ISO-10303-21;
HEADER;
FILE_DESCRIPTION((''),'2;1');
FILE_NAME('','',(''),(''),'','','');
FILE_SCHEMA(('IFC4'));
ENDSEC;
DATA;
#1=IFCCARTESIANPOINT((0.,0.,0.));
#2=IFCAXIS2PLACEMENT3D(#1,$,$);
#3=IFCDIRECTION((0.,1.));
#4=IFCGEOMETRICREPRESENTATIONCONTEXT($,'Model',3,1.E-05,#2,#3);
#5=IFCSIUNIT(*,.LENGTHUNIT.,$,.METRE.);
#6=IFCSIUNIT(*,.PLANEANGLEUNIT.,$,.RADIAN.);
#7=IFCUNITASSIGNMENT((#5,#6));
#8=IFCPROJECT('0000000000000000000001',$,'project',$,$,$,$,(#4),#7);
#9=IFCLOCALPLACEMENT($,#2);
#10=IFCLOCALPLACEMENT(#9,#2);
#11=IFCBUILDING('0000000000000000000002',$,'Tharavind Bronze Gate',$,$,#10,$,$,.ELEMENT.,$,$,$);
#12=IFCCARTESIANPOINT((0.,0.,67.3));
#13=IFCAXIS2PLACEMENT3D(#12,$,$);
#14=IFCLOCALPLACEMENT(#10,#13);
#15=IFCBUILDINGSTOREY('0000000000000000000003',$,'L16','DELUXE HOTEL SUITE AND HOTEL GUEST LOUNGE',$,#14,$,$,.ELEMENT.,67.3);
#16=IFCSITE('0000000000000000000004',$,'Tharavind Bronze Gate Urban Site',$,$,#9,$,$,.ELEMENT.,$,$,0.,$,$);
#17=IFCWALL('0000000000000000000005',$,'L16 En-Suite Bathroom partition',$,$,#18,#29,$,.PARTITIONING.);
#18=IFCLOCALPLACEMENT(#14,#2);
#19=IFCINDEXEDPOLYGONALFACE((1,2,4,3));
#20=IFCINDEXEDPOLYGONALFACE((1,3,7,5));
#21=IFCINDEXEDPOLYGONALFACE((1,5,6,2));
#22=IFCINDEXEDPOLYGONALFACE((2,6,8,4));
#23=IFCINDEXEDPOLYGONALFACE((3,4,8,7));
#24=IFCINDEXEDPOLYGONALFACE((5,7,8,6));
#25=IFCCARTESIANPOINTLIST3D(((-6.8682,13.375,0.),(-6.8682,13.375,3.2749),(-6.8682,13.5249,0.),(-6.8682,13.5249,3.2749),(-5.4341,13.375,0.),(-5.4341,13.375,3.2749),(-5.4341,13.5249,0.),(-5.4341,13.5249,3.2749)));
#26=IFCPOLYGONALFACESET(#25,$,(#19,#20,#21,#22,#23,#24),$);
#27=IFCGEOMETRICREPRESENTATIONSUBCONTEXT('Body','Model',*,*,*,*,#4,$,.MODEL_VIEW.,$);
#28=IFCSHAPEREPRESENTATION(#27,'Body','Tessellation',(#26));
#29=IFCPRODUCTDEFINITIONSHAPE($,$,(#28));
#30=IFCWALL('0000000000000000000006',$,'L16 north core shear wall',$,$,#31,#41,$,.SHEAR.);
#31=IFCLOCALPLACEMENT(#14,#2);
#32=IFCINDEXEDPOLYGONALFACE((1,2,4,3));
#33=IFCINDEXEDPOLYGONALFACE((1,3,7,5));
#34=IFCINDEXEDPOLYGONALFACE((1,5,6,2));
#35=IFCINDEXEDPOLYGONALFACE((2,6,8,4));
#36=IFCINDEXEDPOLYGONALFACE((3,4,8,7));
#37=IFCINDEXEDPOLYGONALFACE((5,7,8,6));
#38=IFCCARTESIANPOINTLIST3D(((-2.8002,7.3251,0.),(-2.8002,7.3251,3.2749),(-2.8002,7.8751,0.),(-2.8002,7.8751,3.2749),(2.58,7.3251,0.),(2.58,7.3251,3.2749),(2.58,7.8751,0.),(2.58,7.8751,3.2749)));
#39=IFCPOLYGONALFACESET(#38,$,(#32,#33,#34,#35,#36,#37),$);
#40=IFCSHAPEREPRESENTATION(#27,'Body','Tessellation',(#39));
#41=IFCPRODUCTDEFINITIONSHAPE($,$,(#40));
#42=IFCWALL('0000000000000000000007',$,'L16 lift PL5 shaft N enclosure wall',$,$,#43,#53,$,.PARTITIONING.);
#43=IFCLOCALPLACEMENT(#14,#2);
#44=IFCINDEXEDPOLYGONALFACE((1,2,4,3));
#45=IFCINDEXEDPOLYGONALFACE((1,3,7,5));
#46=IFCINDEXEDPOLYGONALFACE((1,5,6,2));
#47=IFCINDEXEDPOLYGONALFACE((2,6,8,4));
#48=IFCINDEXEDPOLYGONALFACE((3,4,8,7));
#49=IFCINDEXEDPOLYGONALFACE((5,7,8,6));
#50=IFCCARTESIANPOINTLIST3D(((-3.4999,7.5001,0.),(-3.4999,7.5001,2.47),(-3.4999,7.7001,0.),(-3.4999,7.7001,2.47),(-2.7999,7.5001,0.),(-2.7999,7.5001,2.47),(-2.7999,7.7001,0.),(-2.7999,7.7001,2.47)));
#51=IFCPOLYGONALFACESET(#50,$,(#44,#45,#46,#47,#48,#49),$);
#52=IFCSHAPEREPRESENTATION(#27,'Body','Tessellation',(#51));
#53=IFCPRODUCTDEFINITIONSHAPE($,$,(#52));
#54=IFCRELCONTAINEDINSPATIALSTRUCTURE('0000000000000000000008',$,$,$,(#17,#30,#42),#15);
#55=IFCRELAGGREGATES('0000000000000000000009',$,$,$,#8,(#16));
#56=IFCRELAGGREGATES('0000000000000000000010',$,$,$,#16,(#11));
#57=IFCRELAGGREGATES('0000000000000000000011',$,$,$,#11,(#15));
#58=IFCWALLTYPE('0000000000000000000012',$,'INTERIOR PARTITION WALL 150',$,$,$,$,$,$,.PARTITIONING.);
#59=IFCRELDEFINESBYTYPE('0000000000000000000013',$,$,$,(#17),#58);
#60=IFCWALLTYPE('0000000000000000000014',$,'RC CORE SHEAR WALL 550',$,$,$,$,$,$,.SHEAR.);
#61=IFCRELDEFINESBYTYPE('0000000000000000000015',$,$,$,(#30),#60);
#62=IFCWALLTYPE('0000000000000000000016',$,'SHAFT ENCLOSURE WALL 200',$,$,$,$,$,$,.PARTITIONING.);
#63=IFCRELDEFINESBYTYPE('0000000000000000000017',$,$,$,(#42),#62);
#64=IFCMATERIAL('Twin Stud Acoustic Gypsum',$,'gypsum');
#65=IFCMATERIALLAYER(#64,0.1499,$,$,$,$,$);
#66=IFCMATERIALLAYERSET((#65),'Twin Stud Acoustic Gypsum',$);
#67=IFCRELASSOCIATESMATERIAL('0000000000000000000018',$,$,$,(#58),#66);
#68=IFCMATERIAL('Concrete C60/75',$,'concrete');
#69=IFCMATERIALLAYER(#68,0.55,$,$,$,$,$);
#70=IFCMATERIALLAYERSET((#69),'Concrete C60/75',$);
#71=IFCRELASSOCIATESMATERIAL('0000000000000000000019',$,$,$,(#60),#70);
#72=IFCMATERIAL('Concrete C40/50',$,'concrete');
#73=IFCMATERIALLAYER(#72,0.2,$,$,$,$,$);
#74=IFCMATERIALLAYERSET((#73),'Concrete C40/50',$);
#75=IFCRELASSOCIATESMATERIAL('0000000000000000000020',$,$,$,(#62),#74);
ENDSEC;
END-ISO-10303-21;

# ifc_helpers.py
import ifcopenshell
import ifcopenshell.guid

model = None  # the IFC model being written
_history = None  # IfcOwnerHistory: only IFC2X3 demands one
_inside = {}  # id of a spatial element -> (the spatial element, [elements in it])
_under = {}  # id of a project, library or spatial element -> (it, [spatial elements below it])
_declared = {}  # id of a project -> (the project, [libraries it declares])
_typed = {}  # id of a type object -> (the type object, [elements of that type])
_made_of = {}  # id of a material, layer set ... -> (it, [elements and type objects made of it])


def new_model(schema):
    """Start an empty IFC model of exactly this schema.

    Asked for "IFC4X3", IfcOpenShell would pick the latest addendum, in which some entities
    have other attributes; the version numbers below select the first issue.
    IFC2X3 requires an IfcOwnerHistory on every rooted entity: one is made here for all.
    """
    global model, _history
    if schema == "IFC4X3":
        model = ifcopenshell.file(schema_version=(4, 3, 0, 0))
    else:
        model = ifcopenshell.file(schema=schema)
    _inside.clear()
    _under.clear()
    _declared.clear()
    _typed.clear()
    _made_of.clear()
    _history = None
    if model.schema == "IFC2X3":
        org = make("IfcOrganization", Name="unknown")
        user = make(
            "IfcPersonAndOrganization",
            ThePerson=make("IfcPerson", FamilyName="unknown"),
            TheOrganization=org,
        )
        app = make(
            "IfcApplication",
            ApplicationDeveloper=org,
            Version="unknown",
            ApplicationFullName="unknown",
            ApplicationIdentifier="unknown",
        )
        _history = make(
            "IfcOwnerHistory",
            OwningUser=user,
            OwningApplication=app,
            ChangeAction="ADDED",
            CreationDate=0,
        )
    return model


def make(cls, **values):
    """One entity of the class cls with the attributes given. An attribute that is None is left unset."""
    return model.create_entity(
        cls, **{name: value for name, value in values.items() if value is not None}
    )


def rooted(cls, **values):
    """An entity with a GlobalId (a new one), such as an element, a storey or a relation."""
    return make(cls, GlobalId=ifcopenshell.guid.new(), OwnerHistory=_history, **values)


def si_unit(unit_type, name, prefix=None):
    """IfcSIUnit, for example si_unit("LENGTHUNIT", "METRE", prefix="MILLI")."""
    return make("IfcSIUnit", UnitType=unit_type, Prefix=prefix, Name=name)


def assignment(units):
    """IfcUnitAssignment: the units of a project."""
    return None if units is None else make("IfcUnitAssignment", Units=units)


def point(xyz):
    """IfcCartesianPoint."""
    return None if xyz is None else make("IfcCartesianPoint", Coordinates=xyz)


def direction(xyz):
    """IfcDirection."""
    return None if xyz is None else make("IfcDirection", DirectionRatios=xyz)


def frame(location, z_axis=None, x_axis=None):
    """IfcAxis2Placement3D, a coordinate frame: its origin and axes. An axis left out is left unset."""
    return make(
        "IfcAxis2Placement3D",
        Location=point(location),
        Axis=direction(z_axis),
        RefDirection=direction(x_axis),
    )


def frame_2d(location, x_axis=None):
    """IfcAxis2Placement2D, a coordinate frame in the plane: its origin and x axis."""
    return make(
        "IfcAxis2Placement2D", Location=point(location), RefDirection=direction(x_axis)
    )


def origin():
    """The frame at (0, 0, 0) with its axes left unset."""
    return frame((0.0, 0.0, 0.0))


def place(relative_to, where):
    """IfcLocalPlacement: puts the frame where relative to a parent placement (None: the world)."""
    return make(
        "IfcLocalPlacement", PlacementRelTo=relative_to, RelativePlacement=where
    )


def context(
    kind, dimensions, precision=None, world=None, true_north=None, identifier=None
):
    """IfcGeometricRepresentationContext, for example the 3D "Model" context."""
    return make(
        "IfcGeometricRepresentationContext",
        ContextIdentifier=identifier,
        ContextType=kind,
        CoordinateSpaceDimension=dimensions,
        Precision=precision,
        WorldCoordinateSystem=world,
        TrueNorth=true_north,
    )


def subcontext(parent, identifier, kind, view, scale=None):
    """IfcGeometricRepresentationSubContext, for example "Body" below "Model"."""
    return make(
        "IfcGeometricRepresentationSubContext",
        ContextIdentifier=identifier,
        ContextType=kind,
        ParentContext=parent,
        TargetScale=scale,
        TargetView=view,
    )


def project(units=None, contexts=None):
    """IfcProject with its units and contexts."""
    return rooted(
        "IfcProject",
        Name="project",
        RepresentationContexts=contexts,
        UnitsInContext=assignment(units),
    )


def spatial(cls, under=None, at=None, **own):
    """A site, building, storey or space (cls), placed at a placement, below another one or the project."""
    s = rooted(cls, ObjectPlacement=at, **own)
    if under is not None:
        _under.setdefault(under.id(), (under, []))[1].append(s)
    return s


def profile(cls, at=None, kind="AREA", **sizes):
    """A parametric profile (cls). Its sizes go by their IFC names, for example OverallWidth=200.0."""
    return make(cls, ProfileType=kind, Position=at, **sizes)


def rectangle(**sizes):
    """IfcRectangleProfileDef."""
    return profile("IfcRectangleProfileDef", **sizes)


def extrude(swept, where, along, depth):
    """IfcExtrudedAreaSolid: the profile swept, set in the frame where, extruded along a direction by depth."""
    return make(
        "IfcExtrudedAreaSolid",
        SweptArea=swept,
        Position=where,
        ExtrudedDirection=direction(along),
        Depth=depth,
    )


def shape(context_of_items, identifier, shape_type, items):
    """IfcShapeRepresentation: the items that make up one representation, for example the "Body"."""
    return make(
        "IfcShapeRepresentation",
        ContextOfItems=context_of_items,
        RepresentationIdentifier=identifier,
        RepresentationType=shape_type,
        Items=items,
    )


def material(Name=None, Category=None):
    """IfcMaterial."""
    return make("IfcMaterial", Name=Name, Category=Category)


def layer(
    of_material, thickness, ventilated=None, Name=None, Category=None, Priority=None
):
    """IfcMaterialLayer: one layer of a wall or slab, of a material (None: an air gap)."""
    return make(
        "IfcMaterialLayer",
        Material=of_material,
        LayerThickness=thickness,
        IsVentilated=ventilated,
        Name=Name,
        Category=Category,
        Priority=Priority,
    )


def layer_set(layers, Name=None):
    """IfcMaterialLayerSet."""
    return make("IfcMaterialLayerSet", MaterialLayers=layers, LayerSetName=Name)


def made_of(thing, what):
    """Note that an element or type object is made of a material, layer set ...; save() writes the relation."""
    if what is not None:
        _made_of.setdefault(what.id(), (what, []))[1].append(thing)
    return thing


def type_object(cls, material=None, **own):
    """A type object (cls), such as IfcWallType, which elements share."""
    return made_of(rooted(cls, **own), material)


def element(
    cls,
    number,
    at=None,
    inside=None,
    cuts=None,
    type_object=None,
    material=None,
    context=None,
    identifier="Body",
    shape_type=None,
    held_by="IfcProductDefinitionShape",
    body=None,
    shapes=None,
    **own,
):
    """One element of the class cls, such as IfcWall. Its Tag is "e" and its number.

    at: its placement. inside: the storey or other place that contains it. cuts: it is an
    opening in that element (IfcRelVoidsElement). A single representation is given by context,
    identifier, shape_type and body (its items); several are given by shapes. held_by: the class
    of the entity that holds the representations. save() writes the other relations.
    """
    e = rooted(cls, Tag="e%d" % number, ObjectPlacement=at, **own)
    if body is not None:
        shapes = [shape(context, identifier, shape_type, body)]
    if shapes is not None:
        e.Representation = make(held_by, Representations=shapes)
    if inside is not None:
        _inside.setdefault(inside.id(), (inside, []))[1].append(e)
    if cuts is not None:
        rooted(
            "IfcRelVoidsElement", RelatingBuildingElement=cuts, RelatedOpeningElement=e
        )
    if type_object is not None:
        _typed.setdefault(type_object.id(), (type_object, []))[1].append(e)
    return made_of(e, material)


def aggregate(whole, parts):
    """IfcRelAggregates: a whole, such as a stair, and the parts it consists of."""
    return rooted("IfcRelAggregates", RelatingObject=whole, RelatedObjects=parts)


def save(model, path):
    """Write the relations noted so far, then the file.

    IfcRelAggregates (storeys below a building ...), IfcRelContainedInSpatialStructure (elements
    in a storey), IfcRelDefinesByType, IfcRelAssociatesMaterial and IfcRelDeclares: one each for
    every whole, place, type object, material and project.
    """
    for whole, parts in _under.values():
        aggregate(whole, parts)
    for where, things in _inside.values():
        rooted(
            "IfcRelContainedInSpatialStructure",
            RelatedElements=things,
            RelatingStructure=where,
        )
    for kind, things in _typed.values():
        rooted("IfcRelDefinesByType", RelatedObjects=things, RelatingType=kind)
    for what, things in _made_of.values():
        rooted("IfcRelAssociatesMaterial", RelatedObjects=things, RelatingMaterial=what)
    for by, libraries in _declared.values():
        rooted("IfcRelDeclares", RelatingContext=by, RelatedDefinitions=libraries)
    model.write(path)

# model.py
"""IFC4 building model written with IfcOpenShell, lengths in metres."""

from ifc_helpers import new_model, si_unit, direction, frame, frame_2d, origin, place, context, subcontext, project, spatial, rectangle, extrude, material, layer, layer_set, type_object, element, save


model = new_model("IFC4")

# Units and contexts
model_context = context("Model", 3, precision=1e-05, world=origin(), true_north=direction((0.0, 1.0)))
body_context = subcontext(model_context, "Body", "Model", "MODEL_VIEW")
ifc_project = project(units=[si_unit("LENGTHUNIT", "METRE"), si_unit("PLANEANGLEUNIT", "RADIAN")], contexts=[model_context])

# Site, building, storey
site_placement = place(None, origin())
site = spatial("IfcSite", under=ifc_project, at=site_placement, Name="Tharavind Bronze Gate Urban Site", CompositionType="ELEMENT", RefElevation=0.0)
building_placement = place(site_placement, origin())
building = spatial("IfcBuilding", under=site, at=building_placement, Name="Tharavind Bronze Gate", CompositionType="ELEMENT")
storey_placement = place(building_placement, frame((0.0, 0.0, 67.3)))
storey = spatial("IfcBuildingStorey", under=building, at=storey_placement, Name="L16", Description="DELUXE HOTEL SUITE AND HOTEL GUEST LOUNGE", CompositionType="ELEMENT", Elevation=67.3)

# Walls
ifc_material_1 = material(Name="Twin Stud Acoustic Gypsum", Category="gypsum")
ifc_layer_1 = layer(ifc_material_1, 0.1499)
ifc_layer_set_1 = layer_set([ifc_layer_1], Name="Twin Stud Acoustic Gypsum")
wall_type_1 = type_object("IfcWallType", Name="INTERIOR PARTITION WALL 150", PredefinedType="PARTITIONING", material=ifc_layer_set_1)
wall_1_placement = place(storey_placement, frame((-6.8682, 13.45, 0.0), z_axis=(0.0, 0.0, 1.0), x_axis=(1.0, 0.0, 0.0)))
element("IfcWall", 1, at=wall_1_placement, inside=storey, type_object=wall_type_1, Name="L16 En-Suite Bathroom partition", PredefinedType="PARTITIONING", context=body_context, shape_type="SweptSolid", body=[
    extrude(rectangle(XDim=1.4341, YDim=0.1499, at=frame_2d((0.717, 0.0))), origin(), (0.0, 0.0, 1.0), 3.2749),
])
ifc_material_2 = material(Name="Concrete C60/75", Category="concrete")
ifc_layer_2 = layer(ifc_material_2, 0.55)
ifc_layer_set_2 = layer_set([ifc_layer_2], Name="Concrete C60/75")
wall_type_2 = type_object("IfcWallType", Name="RC CORE SHEAR WALL 550", PredefinedType="SHEAR", material=ifc_layer_set_2)
wall_2_placement = place(storey_placement, frame((-2.8, 7.6001, 0.0), z_axis=(0.0, 0.0, 1.0), x_axis=(1.0, 0.0, 0.0)))
element("IfcWall", 2, at=wall_2_placement, inside=storey, type_object=wall_type_2, Name="L16 north core shear wall", PredefinedType="SHEAR", context=body_context, shape_type="SweptSolid", body=[
    extrude(rectangle(XDim=5.3801, YDim=0.55, at=frame_2d((2.6899, 0.0))), origin(), (0.0, 0.0, 1.0), 3.2749),
])
ifc_material_3 = material(Name="Concrete C40/50", Category="concrete")
ifc_layer_3 = layer(ifc_material_3, 0.2)
ifc_layer_set_3 = layer_set([ifc_layer_3], Name="Concrete C40/50")
wall_type_3 = type_object("IfcWallType", Name="SHAFT ENCLOSURE WALL 200", PredefinedType="PARTITIONING", material=ifc_layer_set_3)
wall_3_placement = place(storey_placement, frame((-3.5, 7.6001, 0.0), z_axis=(0.0, 0.0, 1.0), x_axis=(1.0, 0.0, 0.0)))
element("IfcWall", 3, at=wall_3_placement, inside=storey, type_object=wall_type_3, Name="L16 lift PL5 shaft N enclosure wall", PredefinedType="PARTITIONING", context=body_context, shape_type="SweptSolid", body=[
    extrude(rectangle(XDim=0.7, YDim=0.2, at=frame_2d((0.3501, 0.0))), origin(), (0.0, 0.0, 1.0), 2.47),
])

save(model, "model.ifc")
